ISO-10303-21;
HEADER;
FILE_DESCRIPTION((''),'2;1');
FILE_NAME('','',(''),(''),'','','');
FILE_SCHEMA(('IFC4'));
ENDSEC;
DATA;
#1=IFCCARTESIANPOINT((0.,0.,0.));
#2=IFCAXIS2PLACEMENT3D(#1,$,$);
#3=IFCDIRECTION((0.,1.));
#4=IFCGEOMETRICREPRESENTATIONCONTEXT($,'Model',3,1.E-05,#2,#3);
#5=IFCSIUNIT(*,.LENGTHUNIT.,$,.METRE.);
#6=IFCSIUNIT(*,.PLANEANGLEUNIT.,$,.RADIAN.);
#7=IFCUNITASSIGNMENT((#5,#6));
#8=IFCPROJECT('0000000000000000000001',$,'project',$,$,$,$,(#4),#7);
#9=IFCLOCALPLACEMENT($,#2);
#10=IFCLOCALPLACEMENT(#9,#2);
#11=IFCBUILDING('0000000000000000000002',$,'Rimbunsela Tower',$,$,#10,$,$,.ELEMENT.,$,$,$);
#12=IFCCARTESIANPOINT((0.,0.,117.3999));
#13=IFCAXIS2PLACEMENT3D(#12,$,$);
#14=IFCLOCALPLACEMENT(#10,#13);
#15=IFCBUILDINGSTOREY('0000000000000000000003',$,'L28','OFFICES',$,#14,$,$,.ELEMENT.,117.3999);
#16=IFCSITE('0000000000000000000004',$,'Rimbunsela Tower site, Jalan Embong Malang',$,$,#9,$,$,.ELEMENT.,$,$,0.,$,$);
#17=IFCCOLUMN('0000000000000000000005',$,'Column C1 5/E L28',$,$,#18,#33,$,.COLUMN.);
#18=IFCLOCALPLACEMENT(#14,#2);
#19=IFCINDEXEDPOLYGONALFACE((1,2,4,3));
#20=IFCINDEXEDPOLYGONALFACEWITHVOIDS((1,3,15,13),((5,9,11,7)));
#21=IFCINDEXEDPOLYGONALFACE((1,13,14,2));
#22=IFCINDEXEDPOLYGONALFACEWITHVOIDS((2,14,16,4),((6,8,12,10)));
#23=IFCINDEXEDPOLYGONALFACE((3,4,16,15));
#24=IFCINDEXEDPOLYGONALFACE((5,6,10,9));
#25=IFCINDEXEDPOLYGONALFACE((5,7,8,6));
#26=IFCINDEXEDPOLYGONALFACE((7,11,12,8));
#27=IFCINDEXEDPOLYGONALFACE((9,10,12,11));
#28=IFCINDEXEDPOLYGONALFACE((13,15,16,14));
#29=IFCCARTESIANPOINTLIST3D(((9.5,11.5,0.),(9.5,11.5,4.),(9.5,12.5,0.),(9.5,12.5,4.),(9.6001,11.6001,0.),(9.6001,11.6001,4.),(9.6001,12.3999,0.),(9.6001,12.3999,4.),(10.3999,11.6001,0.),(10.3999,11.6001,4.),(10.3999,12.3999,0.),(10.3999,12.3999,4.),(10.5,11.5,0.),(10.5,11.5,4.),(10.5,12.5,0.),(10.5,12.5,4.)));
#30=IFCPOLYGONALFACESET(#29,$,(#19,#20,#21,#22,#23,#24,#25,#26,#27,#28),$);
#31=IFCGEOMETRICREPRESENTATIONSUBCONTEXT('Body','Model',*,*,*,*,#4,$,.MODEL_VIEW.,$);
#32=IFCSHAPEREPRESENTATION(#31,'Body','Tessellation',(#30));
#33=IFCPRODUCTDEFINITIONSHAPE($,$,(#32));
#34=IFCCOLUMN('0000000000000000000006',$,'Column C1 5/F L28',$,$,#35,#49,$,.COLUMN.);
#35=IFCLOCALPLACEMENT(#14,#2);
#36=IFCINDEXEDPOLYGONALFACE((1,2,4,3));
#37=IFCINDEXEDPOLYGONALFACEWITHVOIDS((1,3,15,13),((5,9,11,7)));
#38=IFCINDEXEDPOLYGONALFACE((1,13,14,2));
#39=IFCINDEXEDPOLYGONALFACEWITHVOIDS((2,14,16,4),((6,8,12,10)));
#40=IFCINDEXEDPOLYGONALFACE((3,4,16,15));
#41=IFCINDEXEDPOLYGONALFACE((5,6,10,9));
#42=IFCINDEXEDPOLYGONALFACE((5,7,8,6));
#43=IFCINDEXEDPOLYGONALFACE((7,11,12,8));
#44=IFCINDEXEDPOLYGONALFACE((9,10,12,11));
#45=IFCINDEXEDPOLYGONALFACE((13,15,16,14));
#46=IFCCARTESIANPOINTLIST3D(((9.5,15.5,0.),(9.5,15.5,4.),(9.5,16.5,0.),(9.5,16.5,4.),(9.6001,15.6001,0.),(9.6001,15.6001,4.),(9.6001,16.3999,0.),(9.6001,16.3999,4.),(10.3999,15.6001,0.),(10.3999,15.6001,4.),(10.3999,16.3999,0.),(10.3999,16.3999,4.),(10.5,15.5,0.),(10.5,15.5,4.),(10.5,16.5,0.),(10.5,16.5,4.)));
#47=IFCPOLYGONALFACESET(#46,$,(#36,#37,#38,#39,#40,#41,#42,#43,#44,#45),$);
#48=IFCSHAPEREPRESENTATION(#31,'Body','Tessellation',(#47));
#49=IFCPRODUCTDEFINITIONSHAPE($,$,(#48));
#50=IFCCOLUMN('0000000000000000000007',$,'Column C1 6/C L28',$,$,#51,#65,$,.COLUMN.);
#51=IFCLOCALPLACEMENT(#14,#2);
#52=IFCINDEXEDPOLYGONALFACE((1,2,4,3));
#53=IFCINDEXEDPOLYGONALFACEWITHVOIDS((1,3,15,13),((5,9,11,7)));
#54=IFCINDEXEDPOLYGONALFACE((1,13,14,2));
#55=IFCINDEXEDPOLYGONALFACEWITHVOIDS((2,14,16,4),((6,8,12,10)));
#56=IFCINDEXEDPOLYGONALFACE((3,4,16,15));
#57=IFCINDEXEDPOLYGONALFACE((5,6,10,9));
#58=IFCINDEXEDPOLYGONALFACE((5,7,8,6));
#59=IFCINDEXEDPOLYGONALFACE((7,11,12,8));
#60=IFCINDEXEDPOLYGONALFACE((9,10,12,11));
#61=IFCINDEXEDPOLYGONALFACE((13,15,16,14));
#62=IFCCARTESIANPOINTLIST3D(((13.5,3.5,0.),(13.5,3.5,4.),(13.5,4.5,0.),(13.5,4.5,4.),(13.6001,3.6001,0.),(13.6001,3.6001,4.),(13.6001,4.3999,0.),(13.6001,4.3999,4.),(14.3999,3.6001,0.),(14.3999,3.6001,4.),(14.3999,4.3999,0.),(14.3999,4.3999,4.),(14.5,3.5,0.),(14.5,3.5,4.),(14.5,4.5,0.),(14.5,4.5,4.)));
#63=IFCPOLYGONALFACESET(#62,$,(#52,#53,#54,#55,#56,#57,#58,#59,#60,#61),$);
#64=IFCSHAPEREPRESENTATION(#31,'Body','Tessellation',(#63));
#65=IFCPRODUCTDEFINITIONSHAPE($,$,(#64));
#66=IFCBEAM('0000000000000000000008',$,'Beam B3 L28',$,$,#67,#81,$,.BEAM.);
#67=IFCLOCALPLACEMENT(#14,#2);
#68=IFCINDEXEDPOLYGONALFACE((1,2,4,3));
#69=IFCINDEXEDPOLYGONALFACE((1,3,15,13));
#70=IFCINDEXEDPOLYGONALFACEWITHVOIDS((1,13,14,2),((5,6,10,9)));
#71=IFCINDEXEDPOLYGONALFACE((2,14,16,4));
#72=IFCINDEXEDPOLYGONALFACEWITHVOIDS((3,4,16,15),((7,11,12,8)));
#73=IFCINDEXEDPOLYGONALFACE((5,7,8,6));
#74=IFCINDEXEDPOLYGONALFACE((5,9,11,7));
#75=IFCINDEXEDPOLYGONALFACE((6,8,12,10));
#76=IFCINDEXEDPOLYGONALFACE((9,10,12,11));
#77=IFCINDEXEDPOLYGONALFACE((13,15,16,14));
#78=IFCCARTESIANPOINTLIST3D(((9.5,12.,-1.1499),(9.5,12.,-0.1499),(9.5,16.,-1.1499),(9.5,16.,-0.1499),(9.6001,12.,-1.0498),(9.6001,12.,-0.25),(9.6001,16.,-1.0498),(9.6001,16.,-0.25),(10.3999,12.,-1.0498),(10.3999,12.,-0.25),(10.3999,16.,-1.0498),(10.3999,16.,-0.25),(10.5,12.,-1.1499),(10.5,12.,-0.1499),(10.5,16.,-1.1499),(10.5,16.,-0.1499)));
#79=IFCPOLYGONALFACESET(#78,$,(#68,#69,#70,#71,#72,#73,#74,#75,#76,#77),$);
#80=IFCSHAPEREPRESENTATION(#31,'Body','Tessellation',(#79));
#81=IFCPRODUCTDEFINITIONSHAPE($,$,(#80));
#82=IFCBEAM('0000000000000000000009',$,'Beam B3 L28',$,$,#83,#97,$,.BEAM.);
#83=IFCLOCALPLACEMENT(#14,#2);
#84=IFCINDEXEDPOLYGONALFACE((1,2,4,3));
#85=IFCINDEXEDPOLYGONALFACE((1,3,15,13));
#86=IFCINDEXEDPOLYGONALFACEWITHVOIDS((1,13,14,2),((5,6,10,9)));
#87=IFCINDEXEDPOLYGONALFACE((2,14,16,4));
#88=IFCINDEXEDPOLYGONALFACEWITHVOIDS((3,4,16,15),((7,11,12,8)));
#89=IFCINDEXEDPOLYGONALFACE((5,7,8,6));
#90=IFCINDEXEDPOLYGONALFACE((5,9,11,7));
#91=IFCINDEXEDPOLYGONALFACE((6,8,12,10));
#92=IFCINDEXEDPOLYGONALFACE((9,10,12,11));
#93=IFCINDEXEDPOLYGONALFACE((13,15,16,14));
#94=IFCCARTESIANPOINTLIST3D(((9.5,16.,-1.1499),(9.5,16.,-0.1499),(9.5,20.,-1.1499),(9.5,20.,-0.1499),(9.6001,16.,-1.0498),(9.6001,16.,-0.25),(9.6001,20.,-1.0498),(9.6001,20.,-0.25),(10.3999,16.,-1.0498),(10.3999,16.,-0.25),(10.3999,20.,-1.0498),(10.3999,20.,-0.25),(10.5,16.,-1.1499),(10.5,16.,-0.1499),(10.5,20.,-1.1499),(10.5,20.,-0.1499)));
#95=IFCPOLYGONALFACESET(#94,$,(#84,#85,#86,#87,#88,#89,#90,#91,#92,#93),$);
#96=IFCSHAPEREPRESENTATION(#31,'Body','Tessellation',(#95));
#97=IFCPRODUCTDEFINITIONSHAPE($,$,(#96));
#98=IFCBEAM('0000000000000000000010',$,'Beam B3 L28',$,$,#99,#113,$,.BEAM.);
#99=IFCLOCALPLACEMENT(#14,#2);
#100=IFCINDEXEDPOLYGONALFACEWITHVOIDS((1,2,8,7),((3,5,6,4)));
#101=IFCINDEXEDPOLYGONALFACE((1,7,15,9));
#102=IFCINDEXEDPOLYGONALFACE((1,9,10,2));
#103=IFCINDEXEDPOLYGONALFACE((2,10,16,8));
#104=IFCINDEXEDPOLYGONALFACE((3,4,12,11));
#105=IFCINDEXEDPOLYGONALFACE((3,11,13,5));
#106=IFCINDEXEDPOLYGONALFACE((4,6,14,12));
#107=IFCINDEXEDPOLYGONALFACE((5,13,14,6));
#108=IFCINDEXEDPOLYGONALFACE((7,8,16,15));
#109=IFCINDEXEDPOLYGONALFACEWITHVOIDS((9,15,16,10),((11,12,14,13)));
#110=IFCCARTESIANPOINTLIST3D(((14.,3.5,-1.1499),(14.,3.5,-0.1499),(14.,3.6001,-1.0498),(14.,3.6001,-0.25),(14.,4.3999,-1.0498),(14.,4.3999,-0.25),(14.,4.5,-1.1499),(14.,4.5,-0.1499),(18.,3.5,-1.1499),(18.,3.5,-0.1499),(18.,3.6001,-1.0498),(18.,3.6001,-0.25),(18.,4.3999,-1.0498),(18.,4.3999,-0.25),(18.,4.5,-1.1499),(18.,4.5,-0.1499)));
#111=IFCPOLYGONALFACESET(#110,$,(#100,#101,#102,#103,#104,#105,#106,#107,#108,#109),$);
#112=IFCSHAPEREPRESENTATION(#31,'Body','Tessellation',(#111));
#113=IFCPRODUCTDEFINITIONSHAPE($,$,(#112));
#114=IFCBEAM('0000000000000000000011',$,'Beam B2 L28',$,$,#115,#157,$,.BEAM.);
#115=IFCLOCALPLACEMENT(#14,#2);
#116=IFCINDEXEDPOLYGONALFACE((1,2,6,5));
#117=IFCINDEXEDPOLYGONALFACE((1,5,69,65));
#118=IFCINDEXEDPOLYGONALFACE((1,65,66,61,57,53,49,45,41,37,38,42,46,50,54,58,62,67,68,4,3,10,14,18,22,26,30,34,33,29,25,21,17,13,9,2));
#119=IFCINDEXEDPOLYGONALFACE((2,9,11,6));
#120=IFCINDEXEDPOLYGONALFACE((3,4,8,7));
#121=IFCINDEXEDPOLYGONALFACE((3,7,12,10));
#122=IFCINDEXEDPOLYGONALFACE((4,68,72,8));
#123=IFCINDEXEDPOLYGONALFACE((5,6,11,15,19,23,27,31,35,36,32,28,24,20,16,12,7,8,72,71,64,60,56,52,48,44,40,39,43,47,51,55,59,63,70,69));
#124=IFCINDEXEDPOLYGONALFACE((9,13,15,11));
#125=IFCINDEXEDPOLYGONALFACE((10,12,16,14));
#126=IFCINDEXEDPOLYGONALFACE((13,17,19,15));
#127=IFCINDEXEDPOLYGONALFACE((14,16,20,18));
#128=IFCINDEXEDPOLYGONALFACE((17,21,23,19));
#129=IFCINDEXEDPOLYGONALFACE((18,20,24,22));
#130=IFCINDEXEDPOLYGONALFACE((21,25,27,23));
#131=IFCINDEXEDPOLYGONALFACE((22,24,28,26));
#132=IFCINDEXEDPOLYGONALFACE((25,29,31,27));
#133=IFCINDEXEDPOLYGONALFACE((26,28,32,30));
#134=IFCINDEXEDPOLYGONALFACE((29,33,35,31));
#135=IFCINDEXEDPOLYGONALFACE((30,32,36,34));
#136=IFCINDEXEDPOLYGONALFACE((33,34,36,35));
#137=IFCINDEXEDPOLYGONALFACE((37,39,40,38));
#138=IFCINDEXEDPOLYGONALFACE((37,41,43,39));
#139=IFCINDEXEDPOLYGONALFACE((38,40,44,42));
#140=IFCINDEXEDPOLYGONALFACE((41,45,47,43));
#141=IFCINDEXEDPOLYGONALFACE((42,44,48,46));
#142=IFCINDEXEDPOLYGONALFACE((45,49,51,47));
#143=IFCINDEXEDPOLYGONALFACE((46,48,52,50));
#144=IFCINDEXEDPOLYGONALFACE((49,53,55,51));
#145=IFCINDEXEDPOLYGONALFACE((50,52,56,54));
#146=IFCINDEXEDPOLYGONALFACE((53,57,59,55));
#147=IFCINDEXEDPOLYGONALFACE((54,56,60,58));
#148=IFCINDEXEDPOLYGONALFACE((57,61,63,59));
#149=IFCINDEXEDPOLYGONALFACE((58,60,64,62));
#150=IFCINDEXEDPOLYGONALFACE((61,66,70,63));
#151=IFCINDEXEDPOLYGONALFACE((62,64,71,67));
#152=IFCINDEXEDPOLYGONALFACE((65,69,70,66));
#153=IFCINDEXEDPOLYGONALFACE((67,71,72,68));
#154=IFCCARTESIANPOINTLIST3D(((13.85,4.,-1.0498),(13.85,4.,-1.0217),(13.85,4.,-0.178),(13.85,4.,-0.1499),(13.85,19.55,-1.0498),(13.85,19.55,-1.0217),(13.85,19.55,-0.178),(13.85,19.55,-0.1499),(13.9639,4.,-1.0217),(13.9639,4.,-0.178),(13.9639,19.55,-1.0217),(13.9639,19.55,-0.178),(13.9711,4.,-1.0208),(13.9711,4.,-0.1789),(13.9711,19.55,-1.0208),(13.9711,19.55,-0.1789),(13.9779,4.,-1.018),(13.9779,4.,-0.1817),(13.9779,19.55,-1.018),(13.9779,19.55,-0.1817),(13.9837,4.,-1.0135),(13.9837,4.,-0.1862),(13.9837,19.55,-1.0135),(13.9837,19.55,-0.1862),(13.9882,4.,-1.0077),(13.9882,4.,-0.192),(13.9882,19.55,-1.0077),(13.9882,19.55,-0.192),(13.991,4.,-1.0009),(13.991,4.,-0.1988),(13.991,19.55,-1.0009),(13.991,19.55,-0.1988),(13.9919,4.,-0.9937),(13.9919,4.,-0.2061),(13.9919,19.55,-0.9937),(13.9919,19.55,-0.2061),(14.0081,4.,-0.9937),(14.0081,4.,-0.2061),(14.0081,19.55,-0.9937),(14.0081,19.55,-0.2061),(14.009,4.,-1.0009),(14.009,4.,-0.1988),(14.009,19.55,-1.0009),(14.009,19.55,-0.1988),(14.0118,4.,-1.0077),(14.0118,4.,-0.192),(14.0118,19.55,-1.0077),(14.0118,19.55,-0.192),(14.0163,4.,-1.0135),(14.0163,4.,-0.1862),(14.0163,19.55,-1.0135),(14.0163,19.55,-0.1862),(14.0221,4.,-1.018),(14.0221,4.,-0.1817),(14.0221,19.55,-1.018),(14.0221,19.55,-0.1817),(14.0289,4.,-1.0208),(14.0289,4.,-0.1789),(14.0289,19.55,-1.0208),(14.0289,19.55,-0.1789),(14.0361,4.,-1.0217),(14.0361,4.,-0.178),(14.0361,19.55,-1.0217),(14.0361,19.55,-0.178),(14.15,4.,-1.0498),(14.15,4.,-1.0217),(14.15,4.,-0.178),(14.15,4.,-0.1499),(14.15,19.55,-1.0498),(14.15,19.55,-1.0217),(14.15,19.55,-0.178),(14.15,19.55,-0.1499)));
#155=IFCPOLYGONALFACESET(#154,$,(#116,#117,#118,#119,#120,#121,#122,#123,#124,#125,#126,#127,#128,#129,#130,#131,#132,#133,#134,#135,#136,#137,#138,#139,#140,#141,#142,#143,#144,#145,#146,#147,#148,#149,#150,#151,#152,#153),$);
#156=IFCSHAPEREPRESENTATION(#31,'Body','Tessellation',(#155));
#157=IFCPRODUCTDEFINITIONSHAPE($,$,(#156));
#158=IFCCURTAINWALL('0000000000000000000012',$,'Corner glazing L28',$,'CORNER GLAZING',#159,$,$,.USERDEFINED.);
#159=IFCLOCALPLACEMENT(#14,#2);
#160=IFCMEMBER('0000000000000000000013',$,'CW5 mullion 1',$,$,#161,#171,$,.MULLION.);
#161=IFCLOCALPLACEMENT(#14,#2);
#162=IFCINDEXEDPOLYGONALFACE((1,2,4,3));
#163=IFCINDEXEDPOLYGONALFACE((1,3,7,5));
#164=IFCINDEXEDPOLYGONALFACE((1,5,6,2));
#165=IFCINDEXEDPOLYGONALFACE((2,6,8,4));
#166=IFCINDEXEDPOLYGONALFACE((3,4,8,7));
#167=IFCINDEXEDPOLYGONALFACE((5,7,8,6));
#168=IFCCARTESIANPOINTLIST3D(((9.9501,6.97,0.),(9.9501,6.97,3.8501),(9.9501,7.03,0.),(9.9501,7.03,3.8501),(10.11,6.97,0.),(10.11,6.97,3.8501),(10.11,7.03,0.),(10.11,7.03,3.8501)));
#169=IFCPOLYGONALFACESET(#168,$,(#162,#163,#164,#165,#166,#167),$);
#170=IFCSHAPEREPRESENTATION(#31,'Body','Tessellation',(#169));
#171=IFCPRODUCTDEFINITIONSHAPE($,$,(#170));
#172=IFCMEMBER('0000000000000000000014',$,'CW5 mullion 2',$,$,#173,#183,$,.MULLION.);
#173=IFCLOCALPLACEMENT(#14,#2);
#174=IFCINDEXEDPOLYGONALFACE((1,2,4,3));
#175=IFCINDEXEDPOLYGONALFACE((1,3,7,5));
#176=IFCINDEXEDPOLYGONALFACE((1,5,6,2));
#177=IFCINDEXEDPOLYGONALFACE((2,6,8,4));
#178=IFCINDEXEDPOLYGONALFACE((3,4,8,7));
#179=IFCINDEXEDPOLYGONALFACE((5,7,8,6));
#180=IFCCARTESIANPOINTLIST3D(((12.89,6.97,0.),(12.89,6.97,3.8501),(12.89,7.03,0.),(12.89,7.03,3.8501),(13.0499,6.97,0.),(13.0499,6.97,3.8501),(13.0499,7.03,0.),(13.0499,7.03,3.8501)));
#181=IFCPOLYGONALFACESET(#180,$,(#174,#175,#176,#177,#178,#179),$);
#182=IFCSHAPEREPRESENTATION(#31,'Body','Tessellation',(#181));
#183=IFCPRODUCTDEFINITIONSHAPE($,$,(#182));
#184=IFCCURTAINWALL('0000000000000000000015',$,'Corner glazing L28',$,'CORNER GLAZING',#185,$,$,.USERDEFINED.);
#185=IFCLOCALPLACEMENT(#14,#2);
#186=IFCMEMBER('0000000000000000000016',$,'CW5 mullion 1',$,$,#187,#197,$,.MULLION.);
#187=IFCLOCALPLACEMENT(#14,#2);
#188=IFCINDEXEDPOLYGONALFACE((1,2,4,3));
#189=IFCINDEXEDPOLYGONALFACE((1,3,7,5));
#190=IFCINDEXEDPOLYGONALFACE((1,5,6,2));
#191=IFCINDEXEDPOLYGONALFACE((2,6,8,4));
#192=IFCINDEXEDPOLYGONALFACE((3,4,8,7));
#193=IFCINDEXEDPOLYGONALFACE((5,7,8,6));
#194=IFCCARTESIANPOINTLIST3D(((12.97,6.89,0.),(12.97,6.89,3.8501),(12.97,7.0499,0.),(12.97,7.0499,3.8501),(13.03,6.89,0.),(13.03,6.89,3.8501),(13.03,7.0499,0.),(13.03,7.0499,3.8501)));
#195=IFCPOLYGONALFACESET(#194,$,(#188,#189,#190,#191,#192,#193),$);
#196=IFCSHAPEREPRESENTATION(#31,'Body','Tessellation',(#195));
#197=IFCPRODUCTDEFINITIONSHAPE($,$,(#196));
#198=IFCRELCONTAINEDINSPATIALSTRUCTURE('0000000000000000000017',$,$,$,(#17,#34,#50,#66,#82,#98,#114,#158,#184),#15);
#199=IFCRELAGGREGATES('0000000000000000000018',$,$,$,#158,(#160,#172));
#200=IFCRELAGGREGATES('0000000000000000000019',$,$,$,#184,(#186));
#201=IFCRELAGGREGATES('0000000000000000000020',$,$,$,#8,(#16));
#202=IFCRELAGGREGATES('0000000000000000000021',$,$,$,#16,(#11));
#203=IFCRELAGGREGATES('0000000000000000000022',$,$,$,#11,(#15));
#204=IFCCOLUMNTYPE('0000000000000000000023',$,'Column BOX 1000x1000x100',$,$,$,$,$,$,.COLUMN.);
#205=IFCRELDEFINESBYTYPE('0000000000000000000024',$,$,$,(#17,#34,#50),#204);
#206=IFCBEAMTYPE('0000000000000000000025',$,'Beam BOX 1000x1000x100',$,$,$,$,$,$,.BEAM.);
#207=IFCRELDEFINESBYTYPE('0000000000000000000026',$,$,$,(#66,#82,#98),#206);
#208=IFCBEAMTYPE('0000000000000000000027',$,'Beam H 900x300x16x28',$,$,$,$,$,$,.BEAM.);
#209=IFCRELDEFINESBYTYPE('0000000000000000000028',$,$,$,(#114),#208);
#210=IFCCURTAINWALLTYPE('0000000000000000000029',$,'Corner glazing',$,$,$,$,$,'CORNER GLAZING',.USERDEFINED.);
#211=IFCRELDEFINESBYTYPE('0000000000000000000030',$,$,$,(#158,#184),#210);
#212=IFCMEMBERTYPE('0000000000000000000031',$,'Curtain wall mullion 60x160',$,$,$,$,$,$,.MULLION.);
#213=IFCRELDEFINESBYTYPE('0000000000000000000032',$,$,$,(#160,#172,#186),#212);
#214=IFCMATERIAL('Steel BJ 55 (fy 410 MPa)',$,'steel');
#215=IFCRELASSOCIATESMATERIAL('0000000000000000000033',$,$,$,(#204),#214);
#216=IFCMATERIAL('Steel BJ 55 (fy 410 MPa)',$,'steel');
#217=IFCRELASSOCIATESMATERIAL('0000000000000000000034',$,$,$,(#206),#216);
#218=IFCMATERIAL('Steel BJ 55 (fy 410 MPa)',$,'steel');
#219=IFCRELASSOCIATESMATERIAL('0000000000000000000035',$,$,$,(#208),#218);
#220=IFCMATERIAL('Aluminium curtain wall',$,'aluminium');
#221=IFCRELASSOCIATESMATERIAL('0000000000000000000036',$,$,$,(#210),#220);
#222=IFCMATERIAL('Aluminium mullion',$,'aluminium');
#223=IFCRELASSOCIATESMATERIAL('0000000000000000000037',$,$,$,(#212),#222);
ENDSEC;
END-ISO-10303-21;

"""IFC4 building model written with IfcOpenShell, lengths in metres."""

from ifc_helpers import new_model, si_unit, direction, frame, origin, origin_2d, place, context, subcontext, project, spatial, rectangle, hollow_rectangle, i_section, extrude, material, material_profile, profile_set, type_object, element, aggregate, save


model = new_model("IFC4")

# Units and contexts
model_context = context("Model", 3, precision=1e-05, world=origin(), true_north=direction((0.0, 1.0)))
body_context = subcontext(model_context, "Body", "Model", "MODEL_VIEW")
ifc_project = project(units=[si_unit("LENGTHUNIT", "METRE"), si_unit("PLANEANGLEUNIT", "RADIAN")], contexts=[model_context])

# Site, building, storey
site_placement = place(None, origin())
site = spatial("IfcSite", under=ifc_project, at=site_placement, Name="Rimbunsela Tower site, Jalan Embong Malang", CompositionType="ELEMENT", RefElevation=0.0)
building_placement = place(site_placement, origin())
building = spatial("IfcBuilding", under=site, at=building_placement, Name="Rimbunsela Tower", CompositionType="ELEMENT")
storey_placement = place(building_placement, frame((0.0, 0.0, 117.3999)))
storey = spatial("IfcBuildingStorey", under=building, at=storey_placement, Name="L28", Description="OFFICES", CompositionType="ELEMENT", Elevation=117.3999)

# Columns
ifc_material_1 = material(Name="Steel BJ 55 (fy 410 MPa)", Category="steel")
ifc_material_profile_1 = material_profile(ifc_material_1, hollow_rectangle(XDim=1.0, YDim=1.0, WallThickness=0.1001, at=origin_2d()), Name="BOX 1000x1000x100")
ifc_profile_set_1 = profile_set([ifc_material_profile_1], Name="Steel BJ 55 (fy 410 MPa)")
column_type = type_object("IfcColumnType", Name="Column BOX 1000x1000x100", PredefinedType="COLUMN", material=ifc_profile_set_1)
for number, where, z_axis, x_axis, name in (
    (1, (10.0, 12.0, 0.0), (0.0, 0.0, 1.0), (1.0, 0.0, 0.0), "Column C1 5/E L28"),
    (2, (10.0, 16.0, 0.0), (0.0, 0.0, 1.0), (1.0, 0.0, 0.0), "Column C1 5/F L28"),
    (3, (14.0, 4.0, 0.0), (0.0, 0.0, 1.0), (1.0, 0.0, 0.0), "Column C1 6/C L28"),
):
    element("IfcColumn", number, at=place(storey_placement, frame(where, z_axis=z_axis, x_axis=x_axis)), inside=storey, type_object=column_type, Name=name, PredefinedType="COLUMN", context=body_context, shape_type="SweptSolid", body=[
        extrude(hollow_rectangle(XDim=1.0, YDim=1.0, WallThickness=0.1001, at=origin_2d()), origin(), (0.0, 0.0, 1.0), 4.0),
    ])

# Beams
ifc_material_2 = material(Name="Steel BJ 55 (fy 410 MPa)", Category="steel")
ifc_material_profile_2 = material_profile(ifc_material_2, hollow_rectangle(XDim=1.0, YDim=1.0, WallThickness=0.1001, at=origin_2d()), Name="BOX 1000x1000x100")
ifc_profile_set_2 = profile_set([ifc_material_profile_2], Name="Steel BJ 55 (fy 410 MPa)")
beam_type_1 = type_object("IfcBeamType", Name="Beam BOX 1000x1000x100", PredefinedType="BEAM", material=ifc_profile_set_2)
for number, where, z_axis, x_axis, name in (
    (4, (10.0, 12.0, -0.6499), (0.0, 1.0, 0.0), (-1.0, 0.0, 0.0), "Beam B3 L28"),
    (5, (10.0, 16.0, -0.6499), (0.0, 1.0, 0.0), (-1.0, 0.0, 0.0), "Beam B3 L28"),
    (6, (14.0, 4.0, -0.6499), (1.0, 0.0, 0.0), (0.0, 1.0, 0.0), "Beam B3 L28"),
):
    element("IfcBeam", number, at=place(storey_placement, frame(where, z_axis=z_axis, x_axis=x_axis)), inside=storey, type_object=beam_type_1, Name=name, PredefinedType="BEAM", context=body_context, shape_type="SweptSolid", body=[
        extrude(hollow_rectangle(XDim=1.0, YDim=1.0, WallThickness=0.1001, at=origin_2d()), origin(), (0.0, 0.0, 1.0), 4.0),
    ])
ifc_material_3 = material(Name="Steel BJ 55 (fy 410 MPa)", Category="steel")
ifc_material_profile_3 = material_profile(ifc_material_3, i_section(OverallWidth=0.3, OverallDepth=0.8999, WebThickness=0.0161, FlangeThickness=0.0281, FilletRadius=0.0281, at=origin_2d()), Name="H 900x300x16x28")
ifc_profile_set_3 = profile_set([ifc_material_profile_3], Name="Steel BJ 55 (fy 410 MPa)")
beam_type_2 = type_object("IfcBeamType", Name="Beam H 900x300x16x28", PredefinedType="BEAM", material=ifc_profile_set_3)
beam_placement = place(storey_placement, frame((14.0, 4.0, -0.5999), z_axis=(0.0, 1.0, 0.0), x_axis=(-1.0, 0.0, 0.0)))
element("IfcBeam", 7, at=beam_placement, inside=storey, type_object=beam_type_2, Name="Beam B2 L28", PredefinedType="BEAM", context=body_context, shape_type="SweptSolid", body=[
    extrude(i_section(OverallWidth=0.3, OverallDepth=0.8999, WebThickness=0.0161, FlangeThickness=0.0281, FilletRadius=0.0281, at=origin_2d()), origin(), (0.0, 0.0, 1.0), 15.55),
])

# Curtain walls, members
ifc_material_4 = material(Name="Aluminium curtain wall", Category="aluminium")
curtain_wall_type = type_object("IfcCurtainWallType", Name="Corner glazing", ElementType="CORNER GLAZING", PredefinedType="USERDEFINED", material=ifc_material_4)
curtain_wall_1_placement = place(storey_placement, origin())
curtain_wall_1 = element("IfcCurtainWall", 8, at=curtain_wall_1_placement, inside=storey, type_object=curtain_wall_type, Name="Corner glazing L28", ObjectType="CORNER GLAZING", PredefinedType="USERDEFINED")
ifc_material_5 = material(Name="Aluminium mullion", Category="aluminium")
ifc_material_profile_4 = material_profile(ifc_material_5, rectangle(XDim=0.0601, YDim=0.1599, at=origin_2d()), Name="Mullion 60x160")
ifc_profile_set_4 = profile_set([ifc_material_profile_4], Name="Aluminium mullion")
member_type_1 = type_object("IfcMemberType", Name="Curtain wall mullion 60x160", PredefinedType="MULLION", material=ifc_profile_set_4)
member_1_placement = place(storey_placement, frame((10.03, 7.0, 0.0), z_axis=(0.0, 0.0, 1.0), x_axis=(0.0, 1.0, 0.0)))
member_1 = element("IfcMember", 9, at=member_1_placement, type_object=member_type_1, Name="CW5 mullion 1", PredefinedType="MULLION", context=body_context, shape_type="SweptSolid", body=[
    extrude(rectangle(XDim=0.0601, YDim=0.1599, at=origin_2d()), origin(), (0.0, 0.0, 1.0), 3.8501),
])
member_2_placement = place(storey_placement, frame((12.97, 7.0, 0.0), z_axis=(0.0, 0.0, 1.0), x_axis=(0.0, 1.0, 0.0)))
member_2 = element("IfcMember", 10, at=member_2_placement, type_object=member_type_1, Name="CW5 mullion 2", PredefinedType="MULLION", context=body_context, shape_type="SweptSolid", body=[
    extrude(rectangle(XDim=0.0601, YDim=0.1599, at=origin_2d()), origin(), (0.0, 0.0, 1.0), 3.8501),
])
curtain_wall_2_placement = place(storey_placement, origin())
curtain_wall_2 = element("IfcCurtainWall", 11, at=curtain_wall_2_placement, inside=storey, type_object=curtain_wall_type, Name="Corner glazing L28", ObjectType="CORNER GLAZING", PredefinedType="USERDEFINED")
member_3_placement = place(storey_placement, frame((13.0, 6.97, 0.0), z_axis=(0.0, 0.0, 1.0), x_axis=(1.0, 0.0, 0.0)))
member_3 = element("IfcMember", 12, at=member_3_placement, type_object=member_type_1, Name="CW5 mullion 1", PredefinedType="MULLION", context=body_context, shape_type="SweptSolid", body=[
    extrude(rectangle(XDim=0.0601, YDim=0.1599, at=origin_2d()), origin(), (0.0, 0.0, 1.0), 3.8501),
])

aggregate(curtain_wall_1, [member_1, member_2])
aggregate(curtain_wall_2, [member_3])

save(model, "model.ifc")
